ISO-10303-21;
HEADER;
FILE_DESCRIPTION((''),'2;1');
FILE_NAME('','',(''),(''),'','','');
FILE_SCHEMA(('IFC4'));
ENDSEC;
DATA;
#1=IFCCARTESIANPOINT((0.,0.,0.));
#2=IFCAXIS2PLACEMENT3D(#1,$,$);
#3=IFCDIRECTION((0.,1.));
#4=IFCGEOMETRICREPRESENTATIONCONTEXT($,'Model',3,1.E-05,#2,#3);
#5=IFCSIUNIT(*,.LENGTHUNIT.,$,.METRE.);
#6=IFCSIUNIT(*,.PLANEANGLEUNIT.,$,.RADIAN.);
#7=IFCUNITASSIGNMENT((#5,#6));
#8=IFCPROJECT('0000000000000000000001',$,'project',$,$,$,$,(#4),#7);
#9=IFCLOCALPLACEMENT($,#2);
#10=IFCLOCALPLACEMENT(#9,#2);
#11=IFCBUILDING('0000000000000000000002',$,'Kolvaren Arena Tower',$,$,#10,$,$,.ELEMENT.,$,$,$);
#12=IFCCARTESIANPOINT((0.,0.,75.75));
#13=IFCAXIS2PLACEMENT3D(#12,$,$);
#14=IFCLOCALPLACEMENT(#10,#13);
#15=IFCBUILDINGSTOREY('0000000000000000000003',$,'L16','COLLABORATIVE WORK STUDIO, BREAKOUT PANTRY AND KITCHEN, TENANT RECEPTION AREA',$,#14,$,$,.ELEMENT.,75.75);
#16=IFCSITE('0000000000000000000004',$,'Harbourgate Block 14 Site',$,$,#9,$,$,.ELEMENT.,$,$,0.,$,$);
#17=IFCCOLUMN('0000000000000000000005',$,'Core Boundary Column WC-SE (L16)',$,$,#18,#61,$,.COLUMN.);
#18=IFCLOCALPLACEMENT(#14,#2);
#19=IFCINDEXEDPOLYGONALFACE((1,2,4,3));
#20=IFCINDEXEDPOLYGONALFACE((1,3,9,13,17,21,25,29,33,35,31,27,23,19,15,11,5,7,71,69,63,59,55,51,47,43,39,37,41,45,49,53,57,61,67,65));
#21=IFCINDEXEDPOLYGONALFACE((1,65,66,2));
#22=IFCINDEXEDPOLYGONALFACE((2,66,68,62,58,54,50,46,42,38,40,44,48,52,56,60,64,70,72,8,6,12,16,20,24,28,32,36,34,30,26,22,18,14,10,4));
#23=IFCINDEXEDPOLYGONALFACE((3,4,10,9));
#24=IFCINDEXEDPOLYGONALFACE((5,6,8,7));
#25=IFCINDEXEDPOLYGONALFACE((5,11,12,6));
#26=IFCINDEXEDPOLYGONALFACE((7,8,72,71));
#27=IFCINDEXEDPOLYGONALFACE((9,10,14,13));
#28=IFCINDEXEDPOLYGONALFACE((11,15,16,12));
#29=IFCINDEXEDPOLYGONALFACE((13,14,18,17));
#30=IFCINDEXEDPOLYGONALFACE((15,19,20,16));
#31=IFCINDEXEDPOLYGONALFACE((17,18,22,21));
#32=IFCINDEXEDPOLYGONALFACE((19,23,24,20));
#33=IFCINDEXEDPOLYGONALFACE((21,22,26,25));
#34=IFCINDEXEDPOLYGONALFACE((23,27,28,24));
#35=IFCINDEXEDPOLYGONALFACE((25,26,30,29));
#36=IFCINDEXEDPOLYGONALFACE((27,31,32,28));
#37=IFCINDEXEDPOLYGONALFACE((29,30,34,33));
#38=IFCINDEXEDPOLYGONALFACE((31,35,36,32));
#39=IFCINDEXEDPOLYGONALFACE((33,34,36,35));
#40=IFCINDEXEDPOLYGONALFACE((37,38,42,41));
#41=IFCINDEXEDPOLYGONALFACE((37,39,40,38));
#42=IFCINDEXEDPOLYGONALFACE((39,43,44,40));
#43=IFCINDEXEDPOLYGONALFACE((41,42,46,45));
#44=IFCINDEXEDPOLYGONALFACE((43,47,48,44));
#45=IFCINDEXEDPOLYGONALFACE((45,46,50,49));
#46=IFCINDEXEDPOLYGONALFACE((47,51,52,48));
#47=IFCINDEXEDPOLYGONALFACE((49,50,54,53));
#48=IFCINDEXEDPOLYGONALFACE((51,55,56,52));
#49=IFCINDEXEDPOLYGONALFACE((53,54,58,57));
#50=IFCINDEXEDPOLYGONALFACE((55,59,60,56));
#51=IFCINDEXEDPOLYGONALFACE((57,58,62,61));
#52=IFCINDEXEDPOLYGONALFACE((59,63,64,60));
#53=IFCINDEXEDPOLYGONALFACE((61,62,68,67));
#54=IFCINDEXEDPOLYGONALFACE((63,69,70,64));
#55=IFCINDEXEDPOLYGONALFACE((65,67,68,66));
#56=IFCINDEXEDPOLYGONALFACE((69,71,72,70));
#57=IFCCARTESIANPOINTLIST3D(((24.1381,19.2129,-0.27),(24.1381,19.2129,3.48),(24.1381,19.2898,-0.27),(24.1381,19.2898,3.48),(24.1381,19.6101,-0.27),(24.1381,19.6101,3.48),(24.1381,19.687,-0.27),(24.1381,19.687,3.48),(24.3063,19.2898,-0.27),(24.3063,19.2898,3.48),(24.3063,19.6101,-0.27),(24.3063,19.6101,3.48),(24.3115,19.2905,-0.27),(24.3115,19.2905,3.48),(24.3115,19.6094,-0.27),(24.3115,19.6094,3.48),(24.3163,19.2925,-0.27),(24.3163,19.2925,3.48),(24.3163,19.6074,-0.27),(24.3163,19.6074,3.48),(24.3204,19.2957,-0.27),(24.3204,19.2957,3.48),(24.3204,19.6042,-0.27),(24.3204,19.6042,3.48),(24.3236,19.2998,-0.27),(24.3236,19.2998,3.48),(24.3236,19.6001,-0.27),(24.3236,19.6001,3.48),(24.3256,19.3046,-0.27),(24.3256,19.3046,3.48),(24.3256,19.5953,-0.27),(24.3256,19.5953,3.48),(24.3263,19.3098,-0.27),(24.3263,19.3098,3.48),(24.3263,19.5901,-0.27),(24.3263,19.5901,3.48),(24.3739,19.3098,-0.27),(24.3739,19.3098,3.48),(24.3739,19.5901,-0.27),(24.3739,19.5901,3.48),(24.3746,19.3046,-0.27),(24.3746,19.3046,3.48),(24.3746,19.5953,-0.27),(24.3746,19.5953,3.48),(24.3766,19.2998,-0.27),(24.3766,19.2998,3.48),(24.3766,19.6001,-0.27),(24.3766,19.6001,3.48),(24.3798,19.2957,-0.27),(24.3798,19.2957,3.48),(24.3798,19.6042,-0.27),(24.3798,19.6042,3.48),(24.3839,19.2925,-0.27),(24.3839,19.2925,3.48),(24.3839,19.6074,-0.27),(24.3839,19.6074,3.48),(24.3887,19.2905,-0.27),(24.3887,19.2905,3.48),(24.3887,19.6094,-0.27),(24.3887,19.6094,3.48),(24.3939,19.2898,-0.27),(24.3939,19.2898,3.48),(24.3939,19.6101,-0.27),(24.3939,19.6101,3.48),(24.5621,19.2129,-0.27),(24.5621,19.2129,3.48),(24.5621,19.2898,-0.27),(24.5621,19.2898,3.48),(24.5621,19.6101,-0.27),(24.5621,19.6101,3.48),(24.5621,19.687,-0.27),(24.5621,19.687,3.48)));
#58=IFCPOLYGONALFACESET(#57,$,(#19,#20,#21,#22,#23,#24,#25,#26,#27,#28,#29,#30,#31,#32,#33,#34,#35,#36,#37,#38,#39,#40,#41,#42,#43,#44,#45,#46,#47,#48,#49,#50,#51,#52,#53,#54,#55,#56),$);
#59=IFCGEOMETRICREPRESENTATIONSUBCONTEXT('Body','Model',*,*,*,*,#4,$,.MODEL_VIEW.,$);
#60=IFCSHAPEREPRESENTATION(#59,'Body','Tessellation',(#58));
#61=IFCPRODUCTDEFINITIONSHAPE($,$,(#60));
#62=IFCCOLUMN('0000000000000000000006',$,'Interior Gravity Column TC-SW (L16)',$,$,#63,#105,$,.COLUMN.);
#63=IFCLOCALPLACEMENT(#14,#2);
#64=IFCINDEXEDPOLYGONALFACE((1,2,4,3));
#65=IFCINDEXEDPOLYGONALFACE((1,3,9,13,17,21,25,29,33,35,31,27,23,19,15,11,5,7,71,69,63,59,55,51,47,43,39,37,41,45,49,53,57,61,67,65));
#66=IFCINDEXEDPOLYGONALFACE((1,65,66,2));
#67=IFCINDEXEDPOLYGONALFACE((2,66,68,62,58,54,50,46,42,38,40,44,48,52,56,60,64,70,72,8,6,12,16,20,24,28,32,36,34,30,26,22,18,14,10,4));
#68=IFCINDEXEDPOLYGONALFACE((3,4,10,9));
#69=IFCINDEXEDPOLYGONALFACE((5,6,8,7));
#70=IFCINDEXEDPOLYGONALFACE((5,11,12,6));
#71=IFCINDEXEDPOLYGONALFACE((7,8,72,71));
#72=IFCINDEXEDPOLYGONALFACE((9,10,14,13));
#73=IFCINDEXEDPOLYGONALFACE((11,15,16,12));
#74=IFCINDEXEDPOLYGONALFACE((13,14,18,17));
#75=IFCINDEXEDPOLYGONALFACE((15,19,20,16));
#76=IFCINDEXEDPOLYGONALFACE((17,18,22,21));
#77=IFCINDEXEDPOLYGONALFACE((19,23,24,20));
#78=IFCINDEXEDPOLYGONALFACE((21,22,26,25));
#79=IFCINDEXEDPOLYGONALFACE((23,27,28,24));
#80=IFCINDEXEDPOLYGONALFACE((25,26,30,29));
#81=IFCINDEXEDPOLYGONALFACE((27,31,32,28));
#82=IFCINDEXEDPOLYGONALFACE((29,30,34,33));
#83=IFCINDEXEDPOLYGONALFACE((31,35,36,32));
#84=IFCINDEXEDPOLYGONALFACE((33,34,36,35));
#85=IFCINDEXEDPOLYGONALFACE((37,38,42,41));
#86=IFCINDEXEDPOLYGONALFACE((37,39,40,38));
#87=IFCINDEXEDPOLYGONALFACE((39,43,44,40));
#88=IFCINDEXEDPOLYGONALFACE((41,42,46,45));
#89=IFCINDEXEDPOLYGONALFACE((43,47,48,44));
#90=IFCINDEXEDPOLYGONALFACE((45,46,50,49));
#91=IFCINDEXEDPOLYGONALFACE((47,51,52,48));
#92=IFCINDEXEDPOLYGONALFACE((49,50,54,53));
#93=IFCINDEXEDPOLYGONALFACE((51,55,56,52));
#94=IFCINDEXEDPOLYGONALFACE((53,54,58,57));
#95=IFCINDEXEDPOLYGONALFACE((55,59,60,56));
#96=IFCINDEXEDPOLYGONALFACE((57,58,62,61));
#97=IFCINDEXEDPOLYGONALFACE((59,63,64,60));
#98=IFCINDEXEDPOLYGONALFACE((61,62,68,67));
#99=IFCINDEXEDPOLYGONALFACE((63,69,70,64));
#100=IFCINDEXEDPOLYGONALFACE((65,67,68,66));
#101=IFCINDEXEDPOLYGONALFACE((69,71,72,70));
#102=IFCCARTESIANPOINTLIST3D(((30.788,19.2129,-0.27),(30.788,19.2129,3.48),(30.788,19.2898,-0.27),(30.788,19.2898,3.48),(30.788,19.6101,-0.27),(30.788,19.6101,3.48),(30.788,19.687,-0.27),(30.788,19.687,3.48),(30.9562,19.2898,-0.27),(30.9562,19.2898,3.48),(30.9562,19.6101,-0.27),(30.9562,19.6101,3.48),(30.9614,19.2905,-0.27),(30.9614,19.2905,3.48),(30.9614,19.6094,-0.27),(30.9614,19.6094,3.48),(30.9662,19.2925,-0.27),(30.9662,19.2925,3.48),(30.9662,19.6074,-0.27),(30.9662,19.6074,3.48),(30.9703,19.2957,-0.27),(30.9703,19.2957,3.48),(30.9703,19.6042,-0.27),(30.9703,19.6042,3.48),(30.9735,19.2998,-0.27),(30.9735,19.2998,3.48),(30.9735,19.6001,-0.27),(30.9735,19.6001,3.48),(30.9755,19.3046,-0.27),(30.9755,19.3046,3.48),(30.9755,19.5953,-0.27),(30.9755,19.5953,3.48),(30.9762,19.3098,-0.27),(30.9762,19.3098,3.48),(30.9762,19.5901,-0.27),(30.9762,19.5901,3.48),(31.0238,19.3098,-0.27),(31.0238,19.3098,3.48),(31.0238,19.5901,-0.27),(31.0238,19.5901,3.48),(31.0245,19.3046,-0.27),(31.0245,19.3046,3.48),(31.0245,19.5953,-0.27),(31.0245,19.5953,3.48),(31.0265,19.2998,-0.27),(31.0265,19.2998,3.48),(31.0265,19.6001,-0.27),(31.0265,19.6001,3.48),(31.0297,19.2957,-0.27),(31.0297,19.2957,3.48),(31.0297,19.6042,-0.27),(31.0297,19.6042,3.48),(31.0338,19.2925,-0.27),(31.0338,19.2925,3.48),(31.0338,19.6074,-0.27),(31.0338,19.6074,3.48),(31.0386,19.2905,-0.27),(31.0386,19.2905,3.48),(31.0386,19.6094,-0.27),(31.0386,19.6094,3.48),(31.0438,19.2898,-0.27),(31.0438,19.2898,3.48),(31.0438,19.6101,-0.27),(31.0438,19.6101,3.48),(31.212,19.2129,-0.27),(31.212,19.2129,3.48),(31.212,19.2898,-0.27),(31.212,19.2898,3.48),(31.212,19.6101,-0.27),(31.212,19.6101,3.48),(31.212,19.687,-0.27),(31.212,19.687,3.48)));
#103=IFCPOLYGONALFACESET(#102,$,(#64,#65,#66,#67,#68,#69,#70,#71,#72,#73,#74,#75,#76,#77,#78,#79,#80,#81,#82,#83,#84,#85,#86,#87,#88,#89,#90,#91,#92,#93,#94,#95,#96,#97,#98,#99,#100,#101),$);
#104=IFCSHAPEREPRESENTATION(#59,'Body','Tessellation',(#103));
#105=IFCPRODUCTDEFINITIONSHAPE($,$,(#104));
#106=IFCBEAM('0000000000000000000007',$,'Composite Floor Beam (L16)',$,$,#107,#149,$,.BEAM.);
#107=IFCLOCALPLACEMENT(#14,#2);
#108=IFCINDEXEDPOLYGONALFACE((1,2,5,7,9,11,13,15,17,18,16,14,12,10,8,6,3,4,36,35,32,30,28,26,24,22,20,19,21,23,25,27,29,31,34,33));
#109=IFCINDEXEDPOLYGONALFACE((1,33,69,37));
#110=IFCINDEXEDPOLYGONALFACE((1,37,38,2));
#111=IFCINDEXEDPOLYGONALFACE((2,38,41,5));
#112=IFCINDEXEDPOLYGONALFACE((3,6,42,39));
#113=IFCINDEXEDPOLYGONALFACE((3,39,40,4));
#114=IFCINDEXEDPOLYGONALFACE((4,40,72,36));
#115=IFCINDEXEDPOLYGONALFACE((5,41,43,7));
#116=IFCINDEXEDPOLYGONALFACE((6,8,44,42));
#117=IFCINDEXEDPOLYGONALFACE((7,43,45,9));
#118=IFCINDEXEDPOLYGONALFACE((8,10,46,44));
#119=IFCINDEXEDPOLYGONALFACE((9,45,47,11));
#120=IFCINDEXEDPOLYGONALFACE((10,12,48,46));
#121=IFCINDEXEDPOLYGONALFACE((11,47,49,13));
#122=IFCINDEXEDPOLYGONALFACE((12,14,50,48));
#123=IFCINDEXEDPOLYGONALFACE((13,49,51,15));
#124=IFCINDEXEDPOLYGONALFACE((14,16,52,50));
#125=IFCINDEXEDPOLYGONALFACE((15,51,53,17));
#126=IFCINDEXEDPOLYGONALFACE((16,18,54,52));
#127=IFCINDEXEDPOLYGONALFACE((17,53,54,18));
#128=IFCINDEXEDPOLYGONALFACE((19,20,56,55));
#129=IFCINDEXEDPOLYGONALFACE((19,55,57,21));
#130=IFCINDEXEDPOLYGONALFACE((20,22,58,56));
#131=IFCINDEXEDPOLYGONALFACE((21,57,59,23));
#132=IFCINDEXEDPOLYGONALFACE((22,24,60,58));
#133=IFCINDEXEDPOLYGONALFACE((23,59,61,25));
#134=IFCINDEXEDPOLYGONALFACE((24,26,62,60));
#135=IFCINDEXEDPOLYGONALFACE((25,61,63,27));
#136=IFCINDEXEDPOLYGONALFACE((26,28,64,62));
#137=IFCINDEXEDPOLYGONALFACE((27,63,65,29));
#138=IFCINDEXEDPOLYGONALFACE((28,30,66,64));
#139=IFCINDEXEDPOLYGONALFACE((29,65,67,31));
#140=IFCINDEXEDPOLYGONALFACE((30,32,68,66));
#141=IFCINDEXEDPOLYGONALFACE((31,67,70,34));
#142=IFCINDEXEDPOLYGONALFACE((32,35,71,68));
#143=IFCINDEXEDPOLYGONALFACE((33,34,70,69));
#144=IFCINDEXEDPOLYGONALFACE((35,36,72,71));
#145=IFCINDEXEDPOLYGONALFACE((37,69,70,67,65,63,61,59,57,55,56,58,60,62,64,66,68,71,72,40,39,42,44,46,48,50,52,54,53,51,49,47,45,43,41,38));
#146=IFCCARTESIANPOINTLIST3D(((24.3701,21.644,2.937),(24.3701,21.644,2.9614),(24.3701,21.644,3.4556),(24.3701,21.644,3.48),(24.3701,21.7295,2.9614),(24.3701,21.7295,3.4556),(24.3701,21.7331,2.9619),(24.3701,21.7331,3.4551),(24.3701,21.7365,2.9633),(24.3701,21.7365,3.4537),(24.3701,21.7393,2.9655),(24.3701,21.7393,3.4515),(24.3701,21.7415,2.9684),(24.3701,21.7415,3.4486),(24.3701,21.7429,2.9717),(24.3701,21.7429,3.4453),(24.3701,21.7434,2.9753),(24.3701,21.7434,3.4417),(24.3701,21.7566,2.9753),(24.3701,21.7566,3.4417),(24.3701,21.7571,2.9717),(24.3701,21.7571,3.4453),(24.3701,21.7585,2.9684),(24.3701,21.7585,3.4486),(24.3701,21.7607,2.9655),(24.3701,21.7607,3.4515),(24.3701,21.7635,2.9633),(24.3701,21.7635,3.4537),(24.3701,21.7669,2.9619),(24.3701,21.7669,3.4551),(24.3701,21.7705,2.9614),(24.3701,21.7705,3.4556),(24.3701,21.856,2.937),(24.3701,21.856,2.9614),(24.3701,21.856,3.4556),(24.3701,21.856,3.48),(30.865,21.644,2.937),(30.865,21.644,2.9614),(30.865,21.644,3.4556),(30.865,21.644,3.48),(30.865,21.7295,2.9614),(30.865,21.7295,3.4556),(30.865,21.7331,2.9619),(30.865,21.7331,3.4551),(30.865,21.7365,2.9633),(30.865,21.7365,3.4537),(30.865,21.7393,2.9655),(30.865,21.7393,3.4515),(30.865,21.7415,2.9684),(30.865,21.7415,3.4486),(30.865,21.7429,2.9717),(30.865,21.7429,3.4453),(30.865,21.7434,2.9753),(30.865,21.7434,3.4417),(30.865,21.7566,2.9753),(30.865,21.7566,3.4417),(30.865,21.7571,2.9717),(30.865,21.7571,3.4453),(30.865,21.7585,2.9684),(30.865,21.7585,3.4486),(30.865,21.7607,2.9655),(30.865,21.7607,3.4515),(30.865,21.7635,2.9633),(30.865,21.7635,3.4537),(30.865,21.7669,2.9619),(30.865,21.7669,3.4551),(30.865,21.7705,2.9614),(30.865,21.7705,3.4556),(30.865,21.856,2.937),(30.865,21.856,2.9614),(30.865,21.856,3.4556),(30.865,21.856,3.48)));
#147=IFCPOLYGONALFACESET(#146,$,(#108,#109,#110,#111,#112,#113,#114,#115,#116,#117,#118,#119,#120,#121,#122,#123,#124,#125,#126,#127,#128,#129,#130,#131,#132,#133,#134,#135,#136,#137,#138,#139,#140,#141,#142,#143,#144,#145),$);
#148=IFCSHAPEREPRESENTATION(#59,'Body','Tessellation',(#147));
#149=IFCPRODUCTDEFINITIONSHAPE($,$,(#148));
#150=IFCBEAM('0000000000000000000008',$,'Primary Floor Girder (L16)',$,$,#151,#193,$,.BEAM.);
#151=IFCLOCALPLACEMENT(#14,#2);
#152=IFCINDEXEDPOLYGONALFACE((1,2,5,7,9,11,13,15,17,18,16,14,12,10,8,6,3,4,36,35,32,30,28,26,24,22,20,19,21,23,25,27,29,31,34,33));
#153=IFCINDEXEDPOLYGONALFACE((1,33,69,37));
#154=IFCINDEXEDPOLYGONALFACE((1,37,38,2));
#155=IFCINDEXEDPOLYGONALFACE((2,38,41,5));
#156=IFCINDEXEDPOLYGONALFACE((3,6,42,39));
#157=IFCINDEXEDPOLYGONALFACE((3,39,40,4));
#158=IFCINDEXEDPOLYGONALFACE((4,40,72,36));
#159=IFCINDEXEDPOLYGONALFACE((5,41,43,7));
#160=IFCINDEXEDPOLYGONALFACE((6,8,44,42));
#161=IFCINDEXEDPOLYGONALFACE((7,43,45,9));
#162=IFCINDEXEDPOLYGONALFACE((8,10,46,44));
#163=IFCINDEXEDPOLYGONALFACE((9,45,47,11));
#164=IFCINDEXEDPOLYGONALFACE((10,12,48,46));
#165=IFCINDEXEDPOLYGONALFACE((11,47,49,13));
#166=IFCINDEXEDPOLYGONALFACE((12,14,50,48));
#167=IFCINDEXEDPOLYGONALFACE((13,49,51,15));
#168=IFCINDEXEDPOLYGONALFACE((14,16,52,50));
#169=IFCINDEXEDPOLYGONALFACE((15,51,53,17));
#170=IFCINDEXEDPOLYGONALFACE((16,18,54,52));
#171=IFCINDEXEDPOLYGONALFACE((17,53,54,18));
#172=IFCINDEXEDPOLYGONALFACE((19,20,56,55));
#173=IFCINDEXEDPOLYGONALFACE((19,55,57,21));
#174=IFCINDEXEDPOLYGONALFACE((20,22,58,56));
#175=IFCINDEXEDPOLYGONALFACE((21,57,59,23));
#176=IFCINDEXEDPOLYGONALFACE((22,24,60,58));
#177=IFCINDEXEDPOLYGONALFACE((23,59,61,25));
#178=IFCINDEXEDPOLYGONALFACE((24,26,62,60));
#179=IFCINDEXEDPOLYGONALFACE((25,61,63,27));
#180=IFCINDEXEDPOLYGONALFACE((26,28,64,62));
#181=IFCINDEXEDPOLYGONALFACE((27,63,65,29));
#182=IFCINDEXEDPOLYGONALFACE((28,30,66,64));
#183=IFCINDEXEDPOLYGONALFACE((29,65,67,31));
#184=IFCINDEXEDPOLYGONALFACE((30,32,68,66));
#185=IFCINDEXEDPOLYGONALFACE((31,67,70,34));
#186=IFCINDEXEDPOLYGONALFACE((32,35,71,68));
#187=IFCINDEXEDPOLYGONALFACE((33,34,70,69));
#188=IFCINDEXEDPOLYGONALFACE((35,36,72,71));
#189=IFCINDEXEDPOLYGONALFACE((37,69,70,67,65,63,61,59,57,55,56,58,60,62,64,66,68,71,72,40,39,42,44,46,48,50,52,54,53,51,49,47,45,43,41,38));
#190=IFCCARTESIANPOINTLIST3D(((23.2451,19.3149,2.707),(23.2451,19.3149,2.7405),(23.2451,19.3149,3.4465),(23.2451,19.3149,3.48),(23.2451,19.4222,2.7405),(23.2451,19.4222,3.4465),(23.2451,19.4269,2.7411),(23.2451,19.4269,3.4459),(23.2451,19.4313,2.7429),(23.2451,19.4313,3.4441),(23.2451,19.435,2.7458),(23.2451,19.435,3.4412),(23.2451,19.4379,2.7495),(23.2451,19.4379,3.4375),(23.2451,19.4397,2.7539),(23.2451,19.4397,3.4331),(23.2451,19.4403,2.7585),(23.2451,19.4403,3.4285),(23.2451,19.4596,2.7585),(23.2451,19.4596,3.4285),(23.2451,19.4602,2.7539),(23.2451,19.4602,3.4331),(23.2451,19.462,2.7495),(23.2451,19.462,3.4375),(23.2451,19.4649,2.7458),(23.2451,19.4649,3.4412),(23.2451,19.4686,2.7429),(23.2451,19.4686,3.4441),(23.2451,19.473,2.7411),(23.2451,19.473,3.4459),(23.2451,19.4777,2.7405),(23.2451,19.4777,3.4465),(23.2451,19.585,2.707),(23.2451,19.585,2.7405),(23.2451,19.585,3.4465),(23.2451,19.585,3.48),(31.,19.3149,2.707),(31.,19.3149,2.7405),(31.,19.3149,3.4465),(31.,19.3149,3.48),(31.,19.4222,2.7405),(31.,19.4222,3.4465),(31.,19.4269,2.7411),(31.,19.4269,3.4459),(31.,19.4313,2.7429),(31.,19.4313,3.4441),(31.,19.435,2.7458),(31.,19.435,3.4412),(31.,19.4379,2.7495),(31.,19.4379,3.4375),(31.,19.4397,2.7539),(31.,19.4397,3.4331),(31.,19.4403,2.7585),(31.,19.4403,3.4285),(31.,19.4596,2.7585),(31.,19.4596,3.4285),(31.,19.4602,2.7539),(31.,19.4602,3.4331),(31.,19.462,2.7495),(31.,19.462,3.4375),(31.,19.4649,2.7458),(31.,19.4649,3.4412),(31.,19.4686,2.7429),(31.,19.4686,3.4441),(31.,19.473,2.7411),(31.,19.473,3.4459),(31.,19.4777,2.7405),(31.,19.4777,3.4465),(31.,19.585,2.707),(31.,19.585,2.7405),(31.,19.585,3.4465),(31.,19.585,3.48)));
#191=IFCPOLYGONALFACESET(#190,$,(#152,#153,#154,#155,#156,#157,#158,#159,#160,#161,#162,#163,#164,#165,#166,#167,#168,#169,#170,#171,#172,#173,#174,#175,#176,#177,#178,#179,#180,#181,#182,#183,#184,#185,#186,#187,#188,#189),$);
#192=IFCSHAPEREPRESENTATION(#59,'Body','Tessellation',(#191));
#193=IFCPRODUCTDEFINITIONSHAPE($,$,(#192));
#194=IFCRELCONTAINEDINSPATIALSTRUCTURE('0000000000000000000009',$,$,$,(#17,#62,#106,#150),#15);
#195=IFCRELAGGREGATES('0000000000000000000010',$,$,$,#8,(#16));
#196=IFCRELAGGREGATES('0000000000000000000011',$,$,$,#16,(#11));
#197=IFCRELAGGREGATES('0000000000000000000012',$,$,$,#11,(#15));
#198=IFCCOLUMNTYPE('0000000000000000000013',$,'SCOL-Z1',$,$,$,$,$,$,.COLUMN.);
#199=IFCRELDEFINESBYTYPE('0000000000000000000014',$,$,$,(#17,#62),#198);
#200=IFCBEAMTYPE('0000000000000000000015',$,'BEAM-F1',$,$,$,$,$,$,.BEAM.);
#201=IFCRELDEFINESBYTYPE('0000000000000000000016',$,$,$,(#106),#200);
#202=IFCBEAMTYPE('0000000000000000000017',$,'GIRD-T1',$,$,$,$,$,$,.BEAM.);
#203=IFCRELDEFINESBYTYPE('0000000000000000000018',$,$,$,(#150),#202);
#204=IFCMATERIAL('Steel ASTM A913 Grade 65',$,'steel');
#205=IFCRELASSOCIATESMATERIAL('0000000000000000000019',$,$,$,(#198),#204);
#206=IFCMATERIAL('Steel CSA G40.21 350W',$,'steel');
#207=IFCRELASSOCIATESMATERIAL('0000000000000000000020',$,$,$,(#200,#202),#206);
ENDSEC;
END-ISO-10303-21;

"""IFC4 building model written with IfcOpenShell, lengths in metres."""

from ifc_helpers import new_model, si_unit, direction, frame, origin, origin_2d, place, context, subcontext, project, spatial, i_section, extrude, material, material_profile, profile_set, type_object, element, save


model = new_model("IFC4")

# Units and contexts
model_context = context("Model", 3, precision=1e-05, world=origin(), true_north=direction((0.0, 1.0)))
body_context = subcontext(model_context, "Body", "Model", "MODEL_VIEW")
ifc_project = project(units=[si_unit("LENGTHUNIT", "METRE"), si_unit("PLANEANGLEUNIT", "RADIAN")], contexts=[model_context])

# Site, building, storey
site_placement = place(None, origin())
site = spatial("IfcSite", under=ifc_project, at=site_placement, Name="Harbourgate Block 14 Site", CompositionType="ELEMENT", RefElevation=0.0)
building_placement = place(site_placement, origin())
building = spatial("IfcBuilding", under=site, at=building_placement, Name="Kolvaren Arena Tower", CompositionType="ELEMENT")
storey_placement = place(building_placement, frame((0.0, 0.0, 75.75)))
storey = spatial("IfcBuildingStorey", under=building, at=storey_placement, Name="L16", Description="COLLABORATIVE WORK STUDIO, BREAKOUT PANTRY AND KITCHEN, TENANT RECEPTION AREA", CompositionType="ELEMENT", Elevation=75.75)

# Columns
ifc_material_1 = material(Name="Steel ASTM A913 Grade 65", Category="steel")
ifc_material_profile_1 = material_profile(ifc_material_1, i_section(OverallWidth=0.4241, OverallDepth=0.4741, WebThickness=0.0476, FlangeThickness=0.0769, FilletRadius=0.02, at=origin_2d()), Name="W360x634")
ifc_profile_set_1 = profile_set([ifc_material_profile_1], Name="Steel ASTM A913 Grade 65")
column_type = type_object("IfcColumnType", Name="SCOL-Z1", PredefinedType="COLUMN", material=ifc_profile_set_1)
for number, where, z_axis, x_axis, name in (
    (1, (24.3501, 19.45, -0.27), (0.0, 0.0, 1.0), (1.0, 0.0, 0.0), "Core Boundary Column WC-SE (L16)"),
    (2, (31.0, 19.45, -0.27), (0.0, 0.0, 1.0), (1.0, 0.0, 0.0), "Interior Gravity Column TC-SW (L16)"),
):
    element("IfcColumn", number, at=place(storey_placement, frame(where, z_axis=z_axis, x_axis=x_axis)), inside=storey, type_object=column_type, Name=name, PredefinedType="COLUMN", context=body_context, shape_type="SweptSolid", body=[
        extrude(i_section(OverallWidth=0.4241, OverallDepth=0.4741, WebThickness=0.0476, FlangeThickness=0.0769, FilletRadius=0.02, at=origin_2d()), origin(), (0.0, 0.0, 1.0), 3.75),
    ])

# Beams
ifc_material_2 = material(Name="Steel CSA G40.21 350W", Category="steel")
ifc_material_profile_2 = material_profile(ifc_material_2, i_section(OverallWidth=0.2119, OverallDepth=0.543, WebThickness=0.0132, FlangeThickness=0.0244, FilletRadius=0.0139, at=origin_2d()), Name="W530x150")
ifc_profile_set_2 = profile_set([ifc_material_profile_2], Name="Steel CSA G40.21 350W")
beam_type_1 = type_object("IfcBeamType", Name="BEAM-F1", PredefinedType="BEAM", material=ifc_profile_set_2)
beam_1_placement = place(storey_placement, frame((24.3701, 21.75, 3.2085), z_axis=(1.0, 0.0, 0.0), x_axis=(0.0, 1.0, 0.0)))
element("IfcBeam", 3, at=beam_1_placement, inside=storey, type_object=beam_type_1, Name="Composite Floor Beam (L16)", PredefinedType="BEAM", context=body_context, shape_type="SweptSolid", body=[
    extrude(i_section(OverallWidth=0.2119, OverallDepth=0.543, WebThickness=0.0132, FlangeThickness=0.0244, FilletRadius=0.0139, at=origin_2d()), origin(), (0.0, 0.0, 1.0), 6.4949),
])
ifc_material_profile_3 = material_profile(ifc_material_2, i_section(OverallWidth=0.27, OverallDepth=0.7729, WebThickness=0.0193, FlangeThickness=0.0334, FilletRadius=0.0181, at=origin_2d()), Name="W760x257")
ifc_profile_set_3 = profile_set([ifc_material_profile_3], Name="Steel CSA G40.21 350W")
beam_type_2 = type_object("IfcBeamType", Name="GIRD-T1", PredefinedType="BEAM", material=ifc_profile_set_3)
beam_2_placement = place(storey_placement, frame((23.2451, 19.45, 3.0935), z_axis=(1.0, 0.0, 0.0), x_axis=(0.0, 1.0, 0.0)))
element("IfcBeam", 4, at=beam_2_placement, inside=storey, type_object=beam_type_2, Name="Primary Floor Girder (L16)", PredefinedType="BEAM", context=body_context, shape_type="SweptSolid", body=[
    extrude(i_section(OverallWidth=0.27, OverallDepth=0.7729, WebThickness=0.0193, FlangeThickness=0.0334, FilletRadius=0.0181, at=origin_2d()), origin(), (0.0, 0.0, 1.0), 7.7549),
])

save(model, "model.ifc")
